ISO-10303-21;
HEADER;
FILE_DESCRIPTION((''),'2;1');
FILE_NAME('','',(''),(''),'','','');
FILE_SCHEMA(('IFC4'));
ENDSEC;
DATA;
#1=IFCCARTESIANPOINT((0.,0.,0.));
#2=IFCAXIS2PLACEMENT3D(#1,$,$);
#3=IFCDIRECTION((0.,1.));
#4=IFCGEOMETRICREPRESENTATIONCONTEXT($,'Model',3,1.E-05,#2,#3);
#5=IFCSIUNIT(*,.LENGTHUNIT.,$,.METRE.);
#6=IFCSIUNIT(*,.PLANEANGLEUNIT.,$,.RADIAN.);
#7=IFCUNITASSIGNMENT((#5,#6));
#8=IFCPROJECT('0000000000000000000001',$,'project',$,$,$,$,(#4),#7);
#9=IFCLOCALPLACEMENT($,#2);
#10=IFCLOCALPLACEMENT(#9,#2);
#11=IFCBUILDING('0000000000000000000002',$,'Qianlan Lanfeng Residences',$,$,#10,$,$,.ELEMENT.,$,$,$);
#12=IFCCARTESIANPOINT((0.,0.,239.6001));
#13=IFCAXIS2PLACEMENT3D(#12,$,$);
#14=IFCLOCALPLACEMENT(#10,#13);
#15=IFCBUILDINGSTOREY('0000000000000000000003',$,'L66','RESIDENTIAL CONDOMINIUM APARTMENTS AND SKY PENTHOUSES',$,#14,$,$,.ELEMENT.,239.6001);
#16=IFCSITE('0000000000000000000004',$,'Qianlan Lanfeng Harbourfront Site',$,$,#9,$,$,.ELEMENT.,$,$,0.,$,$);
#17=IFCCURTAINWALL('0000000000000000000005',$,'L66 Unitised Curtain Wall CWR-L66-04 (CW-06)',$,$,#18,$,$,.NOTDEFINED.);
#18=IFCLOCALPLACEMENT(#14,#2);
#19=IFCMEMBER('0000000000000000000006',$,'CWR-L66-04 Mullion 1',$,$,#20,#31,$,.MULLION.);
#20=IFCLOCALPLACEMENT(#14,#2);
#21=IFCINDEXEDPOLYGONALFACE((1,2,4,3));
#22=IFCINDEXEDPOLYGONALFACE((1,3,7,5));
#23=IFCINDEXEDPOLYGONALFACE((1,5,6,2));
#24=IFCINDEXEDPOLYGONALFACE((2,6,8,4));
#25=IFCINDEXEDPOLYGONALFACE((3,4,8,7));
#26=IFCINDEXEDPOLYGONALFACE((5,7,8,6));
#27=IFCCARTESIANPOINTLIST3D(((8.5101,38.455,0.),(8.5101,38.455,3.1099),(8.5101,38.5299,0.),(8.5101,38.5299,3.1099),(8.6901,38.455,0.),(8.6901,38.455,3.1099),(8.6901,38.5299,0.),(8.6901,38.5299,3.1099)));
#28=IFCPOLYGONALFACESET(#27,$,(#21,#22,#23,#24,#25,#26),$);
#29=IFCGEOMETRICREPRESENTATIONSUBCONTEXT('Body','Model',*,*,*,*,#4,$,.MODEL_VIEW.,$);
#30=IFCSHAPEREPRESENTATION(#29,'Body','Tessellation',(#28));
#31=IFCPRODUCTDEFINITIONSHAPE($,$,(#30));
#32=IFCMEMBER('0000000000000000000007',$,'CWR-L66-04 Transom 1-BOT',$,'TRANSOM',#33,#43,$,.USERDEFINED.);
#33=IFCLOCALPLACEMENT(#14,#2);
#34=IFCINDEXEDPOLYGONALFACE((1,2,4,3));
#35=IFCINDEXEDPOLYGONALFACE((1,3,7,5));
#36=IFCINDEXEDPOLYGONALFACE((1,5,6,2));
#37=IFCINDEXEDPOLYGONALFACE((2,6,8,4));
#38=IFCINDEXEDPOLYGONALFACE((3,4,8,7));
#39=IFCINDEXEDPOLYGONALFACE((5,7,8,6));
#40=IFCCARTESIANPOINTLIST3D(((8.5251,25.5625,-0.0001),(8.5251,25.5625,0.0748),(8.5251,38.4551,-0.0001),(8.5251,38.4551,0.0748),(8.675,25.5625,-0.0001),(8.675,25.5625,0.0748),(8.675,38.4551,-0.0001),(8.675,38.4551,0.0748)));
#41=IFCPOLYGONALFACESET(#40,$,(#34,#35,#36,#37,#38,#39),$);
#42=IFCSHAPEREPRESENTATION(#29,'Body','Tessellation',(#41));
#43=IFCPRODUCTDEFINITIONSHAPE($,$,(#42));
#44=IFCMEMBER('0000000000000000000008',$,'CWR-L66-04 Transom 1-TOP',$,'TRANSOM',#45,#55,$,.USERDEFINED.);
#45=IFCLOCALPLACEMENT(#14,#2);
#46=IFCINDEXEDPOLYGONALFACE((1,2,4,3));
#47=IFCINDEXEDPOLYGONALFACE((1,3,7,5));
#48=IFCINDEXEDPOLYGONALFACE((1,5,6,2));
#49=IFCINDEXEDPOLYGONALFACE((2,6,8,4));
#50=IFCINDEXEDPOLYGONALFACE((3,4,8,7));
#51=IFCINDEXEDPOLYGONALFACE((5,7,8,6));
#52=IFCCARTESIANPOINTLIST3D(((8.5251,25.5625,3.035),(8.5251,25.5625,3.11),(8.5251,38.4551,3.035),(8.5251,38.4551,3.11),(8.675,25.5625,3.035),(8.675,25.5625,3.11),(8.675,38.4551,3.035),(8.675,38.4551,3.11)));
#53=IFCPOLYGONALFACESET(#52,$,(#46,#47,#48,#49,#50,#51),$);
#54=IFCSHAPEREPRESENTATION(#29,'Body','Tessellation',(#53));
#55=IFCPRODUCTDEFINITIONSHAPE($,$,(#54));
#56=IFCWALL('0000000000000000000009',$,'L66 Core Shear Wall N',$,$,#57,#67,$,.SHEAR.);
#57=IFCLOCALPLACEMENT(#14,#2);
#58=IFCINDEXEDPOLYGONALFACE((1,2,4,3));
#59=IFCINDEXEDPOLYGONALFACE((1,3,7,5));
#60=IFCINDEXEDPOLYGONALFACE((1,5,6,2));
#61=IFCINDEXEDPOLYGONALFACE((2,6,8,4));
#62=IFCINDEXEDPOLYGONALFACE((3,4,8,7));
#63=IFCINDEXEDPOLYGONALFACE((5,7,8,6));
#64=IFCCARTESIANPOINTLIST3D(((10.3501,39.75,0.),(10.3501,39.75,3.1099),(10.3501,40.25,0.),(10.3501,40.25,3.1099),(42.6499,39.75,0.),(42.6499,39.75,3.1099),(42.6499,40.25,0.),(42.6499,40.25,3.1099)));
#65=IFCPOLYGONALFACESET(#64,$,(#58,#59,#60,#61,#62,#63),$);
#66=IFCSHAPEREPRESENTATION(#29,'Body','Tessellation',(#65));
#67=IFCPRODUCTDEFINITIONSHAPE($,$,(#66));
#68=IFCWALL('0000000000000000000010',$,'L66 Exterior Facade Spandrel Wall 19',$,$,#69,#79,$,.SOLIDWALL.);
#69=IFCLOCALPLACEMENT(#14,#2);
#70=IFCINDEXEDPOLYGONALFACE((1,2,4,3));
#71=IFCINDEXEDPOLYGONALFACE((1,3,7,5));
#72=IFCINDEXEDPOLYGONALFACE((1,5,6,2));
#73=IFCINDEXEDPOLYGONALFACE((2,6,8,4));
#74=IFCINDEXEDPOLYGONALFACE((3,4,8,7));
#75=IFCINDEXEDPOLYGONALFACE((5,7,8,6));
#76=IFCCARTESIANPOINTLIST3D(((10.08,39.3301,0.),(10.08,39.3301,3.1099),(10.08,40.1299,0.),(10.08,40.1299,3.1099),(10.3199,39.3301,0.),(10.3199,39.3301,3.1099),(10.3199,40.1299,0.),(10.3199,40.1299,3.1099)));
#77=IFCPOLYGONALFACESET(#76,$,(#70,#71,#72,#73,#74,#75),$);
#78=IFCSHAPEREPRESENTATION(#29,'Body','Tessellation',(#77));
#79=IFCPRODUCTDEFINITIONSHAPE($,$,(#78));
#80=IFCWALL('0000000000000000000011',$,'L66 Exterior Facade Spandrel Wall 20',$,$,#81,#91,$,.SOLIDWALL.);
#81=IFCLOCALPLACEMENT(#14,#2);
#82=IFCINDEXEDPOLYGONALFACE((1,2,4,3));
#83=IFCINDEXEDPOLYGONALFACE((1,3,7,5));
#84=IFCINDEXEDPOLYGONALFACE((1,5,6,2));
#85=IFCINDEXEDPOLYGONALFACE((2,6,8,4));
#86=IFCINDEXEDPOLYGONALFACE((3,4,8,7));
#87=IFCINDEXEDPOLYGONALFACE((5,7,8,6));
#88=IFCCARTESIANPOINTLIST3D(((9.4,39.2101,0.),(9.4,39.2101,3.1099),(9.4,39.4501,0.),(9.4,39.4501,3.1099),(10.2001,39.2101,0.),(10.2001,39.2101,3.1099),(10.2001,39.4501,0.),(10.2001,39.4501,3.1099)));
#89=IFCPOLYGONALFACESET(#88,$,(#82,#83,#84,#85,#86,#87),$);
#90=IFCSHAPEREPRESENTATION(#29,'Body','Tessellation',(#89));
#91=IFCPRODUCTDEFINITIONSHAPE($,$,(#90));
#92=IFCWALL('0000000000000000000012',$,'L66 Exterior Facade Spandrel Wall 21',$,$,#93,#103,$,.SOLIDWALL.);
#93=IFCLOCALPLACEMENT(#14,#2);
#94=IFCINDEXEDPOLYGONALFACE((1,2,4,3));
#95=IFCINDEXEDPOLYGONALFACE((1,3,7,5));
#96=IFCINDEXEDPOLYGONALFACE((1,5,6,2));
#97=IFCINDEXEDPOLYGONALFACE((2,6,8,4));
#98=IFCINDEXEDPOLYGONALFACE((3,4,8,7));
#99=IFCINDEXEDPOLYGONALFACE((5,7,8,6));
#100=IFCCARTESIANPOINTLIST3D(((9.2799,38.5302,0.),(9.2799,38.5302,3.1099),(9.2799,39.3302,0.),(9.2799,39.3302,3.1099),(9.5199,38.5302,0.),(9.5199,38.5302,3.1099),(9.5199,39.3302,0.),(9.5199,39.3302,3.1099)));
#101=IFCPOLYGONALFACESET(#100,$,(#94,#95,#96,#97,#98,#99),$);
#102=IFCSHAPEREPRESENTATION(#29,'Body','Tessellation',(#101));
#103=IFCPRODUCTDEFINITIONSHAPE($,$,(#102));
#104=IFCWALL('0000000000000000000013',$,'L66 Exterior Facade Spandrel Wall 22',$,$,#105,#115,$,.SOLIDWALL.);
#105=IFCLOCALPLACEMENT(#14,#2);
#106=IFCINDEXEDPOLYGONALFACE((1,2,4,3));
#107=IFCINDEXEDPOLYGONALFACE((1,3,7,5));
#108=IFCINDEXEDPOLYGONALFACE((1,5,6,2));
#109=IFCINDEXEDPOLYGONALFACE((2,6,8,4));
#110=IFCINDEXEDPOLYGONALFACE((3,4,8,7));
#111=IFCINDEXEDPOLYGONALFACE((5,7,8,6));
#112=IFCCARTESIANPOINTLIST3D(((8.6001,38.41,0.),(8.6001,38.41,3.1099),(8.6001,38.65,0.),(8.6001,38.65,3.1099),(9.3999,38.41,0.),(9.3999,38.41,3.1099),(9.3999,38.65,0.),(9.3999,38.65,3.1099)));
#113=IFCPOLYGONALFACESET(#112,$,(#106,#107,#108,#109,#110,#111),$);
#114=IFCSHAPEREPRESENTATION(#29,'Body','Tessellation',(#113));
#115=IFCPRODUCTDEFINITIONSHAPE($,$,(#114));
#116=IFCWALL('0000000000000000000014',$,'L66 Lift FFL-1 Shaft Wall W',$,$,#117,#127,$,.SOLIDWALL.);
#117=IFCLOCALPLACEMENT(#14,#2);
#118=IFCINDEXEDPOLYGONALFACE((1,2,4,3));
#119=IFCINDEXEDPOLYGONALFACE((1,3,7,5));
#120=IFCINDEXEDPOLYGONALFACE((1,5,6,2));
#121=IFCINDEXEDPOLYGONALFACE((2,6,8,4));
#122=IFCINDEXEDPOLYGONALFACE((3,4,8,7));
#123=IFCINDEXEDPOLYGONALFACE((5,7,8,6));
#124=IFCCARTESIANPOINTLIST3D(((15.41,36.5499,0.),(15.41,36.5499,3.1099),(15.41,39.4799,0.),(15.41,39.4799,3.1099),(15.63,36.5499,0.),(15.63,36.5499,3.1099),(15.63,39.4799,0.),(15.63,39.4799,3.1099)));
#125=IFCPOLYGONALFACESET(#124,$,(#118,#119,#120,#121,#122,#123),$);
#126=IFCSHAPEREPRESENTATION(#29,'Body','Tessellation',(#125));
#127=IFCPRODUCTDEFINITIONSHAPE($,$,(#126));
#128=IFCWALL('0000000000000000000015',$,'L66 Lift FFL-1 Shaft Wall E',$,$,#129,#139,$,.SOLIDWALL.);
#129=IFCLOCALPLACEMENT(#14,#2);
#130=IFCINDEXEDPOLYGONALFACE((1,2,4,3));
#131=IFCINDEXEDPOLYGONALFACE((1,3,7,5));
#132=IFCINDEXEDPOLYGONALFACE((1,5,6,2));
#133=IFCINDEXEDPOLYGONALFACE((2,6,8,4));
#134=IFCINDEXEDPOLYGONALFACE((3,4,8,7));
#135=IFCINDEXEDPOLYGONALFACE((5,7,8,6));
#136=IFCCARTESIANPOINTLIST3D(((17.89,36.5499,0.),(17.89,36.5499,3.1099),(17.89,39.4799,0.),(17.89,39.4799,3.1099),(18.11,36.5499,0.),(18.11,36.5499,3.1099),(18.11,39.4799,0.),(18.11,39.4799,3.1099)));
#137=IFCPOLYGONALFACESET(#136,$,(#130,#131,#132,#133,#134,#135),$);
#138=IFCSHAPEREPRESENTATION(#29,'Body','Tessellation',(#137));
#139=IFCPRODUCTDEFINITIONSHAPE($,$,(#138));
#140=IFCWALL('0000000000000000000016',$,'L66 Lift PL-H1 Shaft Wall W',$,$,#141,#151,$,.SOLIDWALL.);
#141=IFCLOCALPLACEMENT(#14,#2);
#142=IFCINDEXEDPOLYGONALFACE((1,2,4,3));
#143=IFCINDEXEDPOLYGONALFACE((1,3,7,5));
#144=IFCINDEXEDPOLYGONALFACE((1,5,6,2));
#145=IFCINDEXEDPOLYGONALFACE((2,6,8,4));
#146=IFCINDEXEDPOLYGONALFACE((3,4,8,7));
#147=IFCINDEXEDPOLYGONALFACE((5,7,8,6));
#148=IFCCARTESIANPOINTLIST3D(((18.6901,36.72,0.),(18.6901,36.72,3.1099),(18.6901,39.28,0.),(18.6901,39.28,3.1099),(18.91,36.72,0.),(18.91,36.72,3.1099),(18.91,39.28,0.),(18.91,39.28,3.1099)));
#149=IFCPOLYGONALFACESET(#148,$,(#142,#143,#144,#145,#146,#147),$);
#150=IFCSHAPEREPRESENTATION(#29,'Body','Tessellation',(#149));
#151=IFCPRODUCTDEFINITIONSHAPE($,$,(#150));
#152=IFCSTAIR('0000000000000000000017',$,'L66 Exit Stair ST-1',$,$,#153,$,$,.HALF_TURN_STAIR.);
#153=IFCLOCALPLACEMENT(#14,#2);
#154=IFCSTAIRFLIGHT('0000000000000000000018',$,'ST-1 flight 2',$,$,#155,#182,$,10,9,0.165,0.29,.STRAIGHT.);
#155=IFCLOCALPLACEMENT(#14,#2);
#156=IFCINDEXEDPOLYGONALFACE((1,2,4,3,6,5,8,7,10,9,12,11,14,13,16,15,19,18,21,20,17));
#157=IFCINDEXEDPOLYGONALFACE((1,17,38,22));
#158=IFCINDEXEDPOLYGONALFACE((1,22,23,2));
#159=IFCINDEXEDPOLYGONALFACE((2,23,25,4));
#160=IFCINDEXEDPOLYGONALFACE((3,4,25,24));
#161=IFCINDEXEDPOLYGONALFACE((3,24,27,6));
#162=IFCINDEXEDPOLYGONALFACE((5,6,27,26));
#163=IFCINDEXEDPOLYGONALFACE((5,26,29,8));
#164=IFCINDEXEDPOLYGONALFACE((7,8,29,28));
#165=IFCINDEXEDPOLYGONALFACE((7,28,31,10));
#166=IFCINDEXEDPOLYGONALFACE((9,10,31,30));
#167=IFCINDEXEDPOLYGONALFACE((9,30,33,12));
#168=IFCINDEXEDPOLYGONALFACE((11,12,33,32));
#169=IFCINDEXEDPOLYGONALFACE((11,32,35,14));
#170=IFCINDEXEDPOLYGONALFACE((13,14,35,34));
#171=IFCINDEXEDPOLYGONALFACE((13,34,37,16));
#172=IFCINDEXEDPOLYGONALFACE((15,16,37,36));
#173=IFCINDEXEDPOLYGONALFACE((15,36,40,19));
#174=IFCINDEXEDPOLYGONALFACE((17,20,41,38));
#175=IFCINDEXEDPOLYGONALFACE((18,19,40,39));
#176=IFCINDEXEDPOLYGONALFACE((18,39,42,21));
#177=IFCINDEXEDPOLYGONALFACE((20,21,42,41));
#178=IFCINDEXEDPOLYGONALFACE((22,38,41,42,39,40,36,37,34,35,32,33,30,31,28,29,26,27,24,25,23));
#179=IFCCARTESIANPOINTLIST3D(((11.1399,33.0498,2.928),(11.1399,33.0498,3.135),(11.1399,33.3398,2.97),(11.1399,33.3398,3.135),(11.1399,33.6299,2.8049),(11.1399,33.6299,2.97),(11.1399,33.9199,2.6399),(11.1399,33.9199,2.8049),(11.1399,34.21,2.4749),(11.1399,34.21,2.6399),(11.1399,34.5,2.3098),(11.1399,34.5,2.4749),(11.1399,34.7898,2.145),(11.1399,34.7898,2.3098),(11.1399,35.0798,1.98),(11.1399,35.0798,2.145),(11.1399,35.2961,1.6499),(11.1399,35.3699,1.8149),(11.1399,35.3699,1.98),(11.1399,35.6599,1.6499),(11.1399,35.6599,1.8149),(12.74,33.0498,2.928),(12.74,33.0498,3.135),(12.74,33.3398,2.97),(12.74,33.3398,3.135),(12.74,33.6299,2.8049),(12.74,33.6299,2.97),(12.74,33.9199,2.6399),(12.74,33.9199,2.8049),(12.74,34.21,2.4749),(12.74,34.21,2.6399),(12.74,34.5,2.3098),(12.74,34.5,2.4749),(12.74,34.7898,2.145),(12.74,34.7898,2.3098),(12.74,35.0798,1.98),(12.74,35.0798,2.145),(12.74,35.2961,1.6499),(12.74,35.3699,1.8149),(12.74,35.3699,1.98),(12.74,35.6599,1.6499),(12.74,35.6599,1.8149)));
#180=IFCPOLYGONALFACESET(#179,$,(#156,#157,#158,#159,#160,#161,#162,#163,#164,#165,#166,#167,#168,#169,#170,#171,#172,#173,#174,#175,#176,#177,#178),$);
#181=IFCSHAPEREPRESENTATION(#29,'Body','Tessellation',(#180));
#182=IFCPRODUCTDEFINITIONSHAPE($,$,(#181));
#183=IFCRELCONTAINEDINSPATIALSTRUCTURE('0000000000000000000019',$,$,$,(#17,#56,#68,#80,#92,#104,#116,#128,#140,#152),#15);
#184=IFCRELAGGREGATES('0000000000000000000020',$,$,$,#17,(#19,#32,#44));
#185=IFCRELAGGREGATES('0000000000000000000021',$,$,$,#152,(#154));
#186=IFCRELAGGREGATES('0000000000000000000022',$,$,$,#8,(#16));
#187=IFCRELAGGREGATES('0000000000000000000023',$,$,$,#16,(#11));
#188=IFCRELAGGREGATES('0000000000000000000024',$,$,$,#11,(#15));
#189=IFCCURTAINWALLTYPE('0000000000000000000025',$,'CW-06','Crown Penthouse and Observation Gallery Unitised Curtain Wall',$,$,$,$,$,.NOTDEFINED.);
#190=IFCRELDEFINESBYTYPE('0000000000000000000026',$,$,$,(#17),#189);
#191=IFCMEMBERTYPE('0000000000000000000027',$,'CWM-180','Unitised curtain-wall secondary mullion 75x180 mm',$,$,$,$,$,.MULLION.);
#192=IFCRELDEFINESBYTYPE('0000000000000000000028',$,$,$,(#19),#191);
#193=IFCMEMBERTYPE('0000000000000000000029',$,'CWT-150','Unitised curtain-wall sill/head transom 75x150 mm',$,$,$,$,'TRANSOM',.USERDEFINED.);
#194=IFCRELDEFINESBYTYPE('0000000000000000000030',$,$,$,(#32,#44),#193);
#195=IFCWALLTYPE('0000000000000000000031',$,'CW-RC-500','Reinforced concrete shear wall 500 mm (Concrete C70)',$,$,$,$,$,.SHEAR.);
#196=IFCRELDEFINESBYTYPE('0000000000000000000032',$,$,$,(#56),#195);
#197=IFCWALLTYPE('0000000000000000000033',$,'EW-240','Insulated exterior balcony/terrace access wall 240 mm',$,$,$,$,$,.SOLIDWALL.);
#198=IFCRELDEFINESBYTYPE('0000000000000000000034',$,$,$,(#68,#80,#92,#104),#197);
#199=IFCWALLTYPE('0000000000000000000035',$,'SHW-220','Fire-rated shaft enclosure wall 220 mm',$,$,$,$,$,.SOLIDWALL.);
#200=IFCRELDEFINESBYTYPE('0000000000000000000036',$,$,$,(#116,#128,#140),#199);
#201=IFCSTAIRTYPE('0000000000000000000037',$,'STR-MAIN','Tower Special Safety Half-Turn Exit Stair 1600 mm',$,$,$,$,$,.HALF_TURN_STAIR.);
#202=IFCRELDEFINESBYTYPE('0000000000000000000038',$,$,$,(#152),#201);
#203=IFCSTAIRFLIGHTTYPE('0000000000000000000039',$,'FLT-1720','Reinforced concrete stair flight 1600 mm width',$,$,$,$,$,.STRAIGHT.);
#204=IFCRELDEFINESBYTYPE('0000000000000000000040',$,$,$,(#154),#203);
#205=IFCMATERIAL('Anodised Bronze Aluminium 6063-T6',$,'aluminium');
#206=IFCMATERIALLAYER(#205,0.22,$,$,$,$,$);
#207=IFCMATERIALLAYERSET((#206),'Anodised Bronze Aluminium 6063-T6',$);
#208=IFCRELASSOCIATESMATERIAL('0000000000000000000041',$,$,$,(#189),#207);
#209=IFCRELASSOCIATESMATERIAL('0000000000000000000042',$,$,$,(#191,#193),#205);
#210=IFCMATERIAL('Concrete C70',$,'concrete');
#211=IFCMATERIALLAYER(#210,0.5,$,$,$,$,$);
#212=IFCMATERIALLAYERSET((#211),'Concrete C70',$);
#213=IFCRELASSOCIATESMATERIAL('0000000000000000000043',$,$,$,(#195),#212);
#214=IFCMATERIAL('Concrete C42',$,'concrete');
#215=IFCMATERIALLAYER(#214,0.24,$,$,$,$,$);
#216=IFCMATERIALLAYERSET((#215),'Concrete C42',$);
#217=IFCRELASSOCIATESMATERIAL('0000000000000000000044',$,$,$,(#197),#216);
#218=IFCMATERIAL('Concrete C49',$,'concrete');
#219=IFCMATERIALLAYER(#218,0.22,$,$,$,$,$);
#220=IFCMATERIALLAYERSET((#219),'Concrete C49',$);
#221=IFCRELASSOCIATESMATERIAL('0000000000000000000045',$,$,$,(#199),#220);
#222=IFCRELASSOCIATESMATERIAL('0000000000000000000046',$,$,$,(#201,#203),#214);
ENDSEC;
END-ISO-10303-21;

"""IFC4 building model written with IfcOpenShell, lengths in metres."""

from ifc_helpers import new_model, si_unit, direction, frame, frame_2d, origin, origin_2d, place, context, subcontext, project, spatial, polyline, rectangle, outline, extrude, source, transform, mapped, material, layer, layer_set, material_profile, profile_set, type_object, element, aggregate, save


model = new_model("IFC4")

# Units and contexts
model_context = context("Model", 3, precision=1e-05, world=origin(), true_north=direction((0.0, 1.0)))
body_context = subcontext(model_context, "Body", "Model", "MODEL_VIEW")
ifc_project = project(units=[si_unit("LENGTHUNIT", "METRE"), si_unit("PLANEANGLEUNIT", "RADIAN")], contexts=[model_context])

# Site, building, storey
site_placement = place(None, origin())
site = spatial("IfcSite", under=ifc_project, at=site_placement, Name="Qianlan Lanfeng Harbourfront Site", CompositionType="ELEMENT", RefElevation=0.0)
building_placement = place(site_placement, origin())
building = spatial("IfcBuilding", under=site, at=building_placement, Name="Qianlan Lanfeng Residences", CompositionType="ELEMENT")
storey_placement = place(building_placement, frame((0.0, 0.0, 239.6001)))
storey = spatial("IfcBuildingStorey", under=building, at=storey_placement, Name="L66", Description="RESIDENTIAL CONDOMINIUM APARTMENTS AND SKY PENTHOUSES", CompositionType="ELEMENT", Elevation=239.6001)

# Curtain wall, members
ifc_material_1 = material(Name="Anodised Bronze Aluminium 6063-T6", Category="aluminium")
ifc_layer_1 = layer(ifc_material_1, 0.22)
ifc_layer_set_1 = layer_set([ifc_layer_1], Name="Anodised Bronze Aluminium 6063-T6")
curtain_wall_type = type_object("IfcCurtainWallType", Name="CW-06", Description="Crown Penthouse and Observation Gallery Unitised Curtain Wall", PredefinedType="NOTDEFINED", material=ifc_layer_set_1)
curtain_wall_placement = place(storey_placement, origin())
curtain_wall = element("IfcCurtainWall", 1, at=curtain_wall_placement, inside=storey, type_object=curtain_wall_type, Name="L66 Unitised Curtain Wall CWR-L66-04 (CW-06)", PredefinedType="NOTDEFINED")
ifc_material_profile_1 = material_profile(ifc_material_1, rectangle(XDim=0.075, YDim=0.1799, at=origin_2d()), Name="ALU MULLION 75x180")
ifc_profile_set_1 = profile_set([ifc_material_profile_1], Name="Anodised Bronze Aluminium 6063-T6")
member_type_1 = type_object("IfcMemberType", Name="CWM-180", Description="Unitised curtain-wall secondary mullion 75x180 mm", PredefinedType="MULLION", material=ifc_profile_set_1)
shared_shape_1 = source(origin(), body_context, "Body", "SweptSolid", [
    extrude(rectangle(XDim=0.075, YDim=0.1799, at=origin_2d()), origin(), (0.0, 0.0, 1.0), 3.1099),
])
member_1_placement = place(storey_placement, frame((8.6001, 38.4924, 0.0), z_axis=(0.0, 0.0, 1.0), x_axis=(0.0, -1.0, 0.0)))
member_1 = element("IfcMember", 2, at=member_1_placement, type_object=member_type_1, Name="CWR-L66-04 Mullion 1", PredefinedType="MULLION", context=body_context, shape_type="MappedRepresentation", body=[
    mapped(shared_shape_1, transform((0.0, 0.0, 0.0), scale=1.0)),
])
ifc_material_profile_2 = material_profile(ifc_material_1, rectangle(XDim=0.075, YDim=0.1499, at=origin_2d()), Name="ALU TRANSOM 75x150")
ifc_profile_set_2 = profile_set([ifc_material_profile_2], Name="Anodised Bronze Aluminium 6063-T6")
member_type_2 = type_object("IfcMemberType", Name="CWT-150", Description="Unitised curtain-wall sill/head transom 75x150 mm", ElementType="TRANSOM", PredefinedType="USERDEFINED", material=ifc_profile_set_2)
shared_shape_2 = source(origin(), body_context, "Body", "SweptSolid", [
    extrude(rectangle(XDim=0.075, YDim=0.1499, at=origin_2d()), origin(), (0.0, 0.0, 1.0), 12.8926),
])
member_2_placement = place(storey_placement, frame((8.6001, 38.4551, 0.0374), z_axis=(0.0, -1.0, 0.0), x_axis=(0.0, 0.0, 1.0)))
member_2 = element("IfcMember", 3, at=member_2_placement, type_object=member_type_2, Name="CWR-L66-04 Transom 1-BOT", ObjectType="TRANSOM", PredefinedType="USERDEFINED", context=body_context, shape_type="MappedRepresentation", body=[
    mapped(shared_shape_2, transform((0.0, 0.0, 0.0), scale=1.0)),
])
member_3_placement = place(storey_placement, frame((8.6001, 38.4551, 3.0725), z_axis=(0.0, -1.0, 0.0), x_axis=(0.0, 0.0, 1.0)))
member_3 = element("IfcMember", 4, at=member_3_placement, type_object=member_type_2, Name="CWR-L66-04 Transom 1-TOP", ObjectType="TRANSOM", PredefinedType="USERDEFINED", context=body_context, shape_type="MappedRepresentation", body=[
    mapped(shared_shape_2, transform((0.0, 0.0, 0.0), scale=1.0)),
])
aggregate(curtain_wall, [member_1, member_2, member_3])

# Shared definitions
ifc_material_2 = material(Name="Concrete C49", Category="concrete")

# Walls
ifc_material_3 = material(Name="Concrete C70", Category="concrete")
ifc_layer_2 = layer(ifc_material_3, 0.5)
ifc_layer_set_2 = layer_set([ifc_layer_2], Name="Concrete C70")
wall_type_1 = type_object("IfcWallType", Name="CW-RC-500", Description="Reinforced concrete shear wall 500 mm (Concrete C70)", PredefinedType="SHEAR", material=ifc_layer_set_2)
wall_1_placement = place(storey_placement, frame((10.3501, 40.0, 0.0), z_axis=(0.0, 0.0, 1.0), x_axis=(1.0, 0.0, 0.0)))
element("IfcWall", 5, at=wall_1_placement, inside=storey, type_object=wall_type_1, Name="L66 Core Shear Wall N", PredefinedType="SHEAR", context=body_context, shape_type="SweptSolid", body=[
    extrude(rectangle(XDim=32.2998, YDim=0.5, at=frame_2d((16.1499, 0.0))), origin(), (0.0, 0.0, 1.0), 3.1099),
])
ifc_material_4 = material(Name="Concrete C42", Category="concrete")
ifc_layer_3 = layer(ifc_material_4, 0.24)
ifc_layer_set_3 = layer_set([ifc_layer_3], Name="Concrete C42")
wall_type_2 = type_object("IfcWallType", Name="EW-240", Description="Insulated exterior balcony/terrace access wall 240 mm", PredefinedType="SOLIDWALL", material=ifc_layer_set_3)
wall_2_placement = place(storey_placement, frame((10.2, 40.1299, 0.0), z_axis=(0.0, 0.0, 1.0), x_axis=(0.0, -1.0, 0.0)))
element("IfcWall", 6, at=wall_2_placement, inside=storey, type_object=wall_type_2, Name="L66 Exterior Facade Spandrel Wall 19", PredefinedType="SOLIDWALL", context=body_context, shape_type="SweptSolid", body=[
    extrude(rectangle(XDim=0.7998, YDim=0.24, at=frame_2d((0.3999, 0.0))), origin(), (0.0, 0.0, 1.0), 3.1099),
])
for number, where, z_axis, x_axis, name in (
    (7, (10.2, 39.3301, 0.0), (0.0, 0.0, 1.0), (-1.0, 0.0, 0.0), "L66 Exterior Facade Spandrel Wall 20"),
    (8, (9.3999, 39.3301, 0.0), (0.0, 0.0, 1.0), (0.0, -1.0, 0.0), "L66 Exterior Facade Spandrel Wall 21"),
):
    element("IfcWall", number, at=place(storey_placement, frame(where, z_axis=z_axis, x_axis=x_axis)), inside=storey, type_object=wall_type_2, Name=name, PredefinedType="SOLIDWALL", context=body_context, shape_type="SweptSolid", body=[
        extrude(rectangle(XDim=0.8, YDim=0.24, at=frame_2d((0.3999, 0.0))), origin(), (0.0, 0.0, 1.0), 3.1099),
    ])
wall_3_placement = place(storey_placement, frame((9.3999, 38.53, 0.0), z_axis=(0.0, 0.0, 1.0), x_axis=(-1.0, 0.0, 0.0)))
element("IfcWall", 9, at=wall_3_placement, inside=storey, type_object=wall_type_2, Name="L66 Exterior Facade Spandrel Wall 22", PredefinedType="SOLIDWALL", context=body_context, shape_type="SweptSolid", body=[
    extrude(rectangle(XDim=0.7998, YDim=0.24, at=frame_2d((0.3999, 0.0))), origin(), (0.0, 0.0, 1.0), 3.1099),
])
ifc_layer_4 = layer(ifc_material_2, 0.22)
ifc_layer_set_4 = layer_set([ifc_layer_4], Name="Concrete C49")
wall_type_3 = type_object("IfcWallType", Name="SHW-220", Description="Fire-rated shaft enclosure wall 220 mm", PredefinedType="SOLIDWALL", material=ifc_layer_set_4)
for number, where, z_axis, x_axis, name in (
    (10, (15.52, 36.55, 0.0), (0.0, 0.0, 1.0), (0.0, 1.0, 0.0), "L66 Lift FFL-1 Shaft Wall W"),
    (11, (18.0, 36.55, 0.0), (0.0, 0.0, 1.0), (0.0, 1.0, 0.0), "L66 Lift FFL-1 Shaft Wall E"),
):
    element("IfcWall", number, at=place(storey_placement, frame(where, z_axis=z_axis, x_axis=x_axis)), inside=storey, type_object=wall_type_3, Name=name, PredefinedType="SOLIDWALL", context=body_context, shape_type="SweptSolid", body=[
        extrude(rectangle(XDim=2.9299, YDim=0.22, at=frame_2d((1.4648, 0.0))), origin(), (0.0, 0.0, 1.0), 3.1099),
    ])
wall_4_placement = place(storey_placement, frame((18.8, 36.72, 0.0), z_axis=(0.0, 0.0, 1.0), x_axis=(0.0, 1.0, 0.0)))
element("IfcWall", 12, at=wall_4_placement, inside=storey, type_object=wall_type_3, Name="L66 Lift PL-H1 Shaft Wall W", PredefinedType="SOLIDWALL", context=body_context, shape_type="SweptSolid", body=[
    extrude(rectangle(XDim=2.5601, YDim=0.22, at=frame_2d((1.28, 0.0))), origin(), (0.0, 0.0, 1.0), 3.1099),
])

# Stair, stair flight
stair_type = type_object("IfcStairType", Name="STR-MAIN", Description="Tower Special Safety Half-Turn Exit Stair 1600 mm", PredefinedType="HALF_TURN_STAIR", material=ifc_material_4)
stair_placement = place(storey_placement, origin())
stair = element("IfcStair", 13, at=stair_placement, inside=storey, type_object=stair_type, Name="L66 Exit Stair ST-1", PredefinedType="HALF_TURN_STAIR")
stair_flight_type = type_object("IfcStairFlightType", Name="FLT-1720", Description="Reinforced concrete stair flight 1600 mm width", PredefinedType="STRAIGHT", material=ifc_material_4)
stair_flight_placement = place(storey_placement, frame((11.9399, 35.6599, 1.6499), z_axis=(0.0, 0.0, 1.0), x_axis=(0.0, -1.0, 0.0)))
stair_flight = element("IfcStairFlight", 14, at=stair_flight_placement, type_object=stair_flight_type, Name="ST-1 flight 2", NumberOfRisers=10, NumberOfTreads=9, PredefinedType="STRAIGHT", RiserHeight=0.165, TreadLength=0.29, context=body_context, shape_type="SweptSolid", body=[
    extrude(outline(polyline([(0.0, 0.0), (0.0, 0.165), (0.29, 0.165), (0.29, 0.3301), (0.5801, 0.3301), (0.5801, 0.4951), (0.8701, 0.4951), (0.8701, 0.6599), (1.1599, 0.6599), (1.1599, 0.825), (1.45, 0.825), (1.45, 0.99), (1.74, 0.99), (1.74, 1.155), (2.03, 1.155), (2.03, 1.3201), (2.3201, 1.3201), (2.3201, 1.4851), (2.6101, 1.4851), (2.6101, 1.6499), (2.6101, 1.2781), (0.3638, 0.0), (0.0, 0.0)])), frame((0.0, 0.8, 0.0), z_axis=(0.0, -1.0, 0.0), x_axis=(1.0, 0.0, 0.0)), (0.0, 0.0, 1.0), 1.6001),
])
aggregate(stair, [stair_flight])

save(model, "model.ifc")
